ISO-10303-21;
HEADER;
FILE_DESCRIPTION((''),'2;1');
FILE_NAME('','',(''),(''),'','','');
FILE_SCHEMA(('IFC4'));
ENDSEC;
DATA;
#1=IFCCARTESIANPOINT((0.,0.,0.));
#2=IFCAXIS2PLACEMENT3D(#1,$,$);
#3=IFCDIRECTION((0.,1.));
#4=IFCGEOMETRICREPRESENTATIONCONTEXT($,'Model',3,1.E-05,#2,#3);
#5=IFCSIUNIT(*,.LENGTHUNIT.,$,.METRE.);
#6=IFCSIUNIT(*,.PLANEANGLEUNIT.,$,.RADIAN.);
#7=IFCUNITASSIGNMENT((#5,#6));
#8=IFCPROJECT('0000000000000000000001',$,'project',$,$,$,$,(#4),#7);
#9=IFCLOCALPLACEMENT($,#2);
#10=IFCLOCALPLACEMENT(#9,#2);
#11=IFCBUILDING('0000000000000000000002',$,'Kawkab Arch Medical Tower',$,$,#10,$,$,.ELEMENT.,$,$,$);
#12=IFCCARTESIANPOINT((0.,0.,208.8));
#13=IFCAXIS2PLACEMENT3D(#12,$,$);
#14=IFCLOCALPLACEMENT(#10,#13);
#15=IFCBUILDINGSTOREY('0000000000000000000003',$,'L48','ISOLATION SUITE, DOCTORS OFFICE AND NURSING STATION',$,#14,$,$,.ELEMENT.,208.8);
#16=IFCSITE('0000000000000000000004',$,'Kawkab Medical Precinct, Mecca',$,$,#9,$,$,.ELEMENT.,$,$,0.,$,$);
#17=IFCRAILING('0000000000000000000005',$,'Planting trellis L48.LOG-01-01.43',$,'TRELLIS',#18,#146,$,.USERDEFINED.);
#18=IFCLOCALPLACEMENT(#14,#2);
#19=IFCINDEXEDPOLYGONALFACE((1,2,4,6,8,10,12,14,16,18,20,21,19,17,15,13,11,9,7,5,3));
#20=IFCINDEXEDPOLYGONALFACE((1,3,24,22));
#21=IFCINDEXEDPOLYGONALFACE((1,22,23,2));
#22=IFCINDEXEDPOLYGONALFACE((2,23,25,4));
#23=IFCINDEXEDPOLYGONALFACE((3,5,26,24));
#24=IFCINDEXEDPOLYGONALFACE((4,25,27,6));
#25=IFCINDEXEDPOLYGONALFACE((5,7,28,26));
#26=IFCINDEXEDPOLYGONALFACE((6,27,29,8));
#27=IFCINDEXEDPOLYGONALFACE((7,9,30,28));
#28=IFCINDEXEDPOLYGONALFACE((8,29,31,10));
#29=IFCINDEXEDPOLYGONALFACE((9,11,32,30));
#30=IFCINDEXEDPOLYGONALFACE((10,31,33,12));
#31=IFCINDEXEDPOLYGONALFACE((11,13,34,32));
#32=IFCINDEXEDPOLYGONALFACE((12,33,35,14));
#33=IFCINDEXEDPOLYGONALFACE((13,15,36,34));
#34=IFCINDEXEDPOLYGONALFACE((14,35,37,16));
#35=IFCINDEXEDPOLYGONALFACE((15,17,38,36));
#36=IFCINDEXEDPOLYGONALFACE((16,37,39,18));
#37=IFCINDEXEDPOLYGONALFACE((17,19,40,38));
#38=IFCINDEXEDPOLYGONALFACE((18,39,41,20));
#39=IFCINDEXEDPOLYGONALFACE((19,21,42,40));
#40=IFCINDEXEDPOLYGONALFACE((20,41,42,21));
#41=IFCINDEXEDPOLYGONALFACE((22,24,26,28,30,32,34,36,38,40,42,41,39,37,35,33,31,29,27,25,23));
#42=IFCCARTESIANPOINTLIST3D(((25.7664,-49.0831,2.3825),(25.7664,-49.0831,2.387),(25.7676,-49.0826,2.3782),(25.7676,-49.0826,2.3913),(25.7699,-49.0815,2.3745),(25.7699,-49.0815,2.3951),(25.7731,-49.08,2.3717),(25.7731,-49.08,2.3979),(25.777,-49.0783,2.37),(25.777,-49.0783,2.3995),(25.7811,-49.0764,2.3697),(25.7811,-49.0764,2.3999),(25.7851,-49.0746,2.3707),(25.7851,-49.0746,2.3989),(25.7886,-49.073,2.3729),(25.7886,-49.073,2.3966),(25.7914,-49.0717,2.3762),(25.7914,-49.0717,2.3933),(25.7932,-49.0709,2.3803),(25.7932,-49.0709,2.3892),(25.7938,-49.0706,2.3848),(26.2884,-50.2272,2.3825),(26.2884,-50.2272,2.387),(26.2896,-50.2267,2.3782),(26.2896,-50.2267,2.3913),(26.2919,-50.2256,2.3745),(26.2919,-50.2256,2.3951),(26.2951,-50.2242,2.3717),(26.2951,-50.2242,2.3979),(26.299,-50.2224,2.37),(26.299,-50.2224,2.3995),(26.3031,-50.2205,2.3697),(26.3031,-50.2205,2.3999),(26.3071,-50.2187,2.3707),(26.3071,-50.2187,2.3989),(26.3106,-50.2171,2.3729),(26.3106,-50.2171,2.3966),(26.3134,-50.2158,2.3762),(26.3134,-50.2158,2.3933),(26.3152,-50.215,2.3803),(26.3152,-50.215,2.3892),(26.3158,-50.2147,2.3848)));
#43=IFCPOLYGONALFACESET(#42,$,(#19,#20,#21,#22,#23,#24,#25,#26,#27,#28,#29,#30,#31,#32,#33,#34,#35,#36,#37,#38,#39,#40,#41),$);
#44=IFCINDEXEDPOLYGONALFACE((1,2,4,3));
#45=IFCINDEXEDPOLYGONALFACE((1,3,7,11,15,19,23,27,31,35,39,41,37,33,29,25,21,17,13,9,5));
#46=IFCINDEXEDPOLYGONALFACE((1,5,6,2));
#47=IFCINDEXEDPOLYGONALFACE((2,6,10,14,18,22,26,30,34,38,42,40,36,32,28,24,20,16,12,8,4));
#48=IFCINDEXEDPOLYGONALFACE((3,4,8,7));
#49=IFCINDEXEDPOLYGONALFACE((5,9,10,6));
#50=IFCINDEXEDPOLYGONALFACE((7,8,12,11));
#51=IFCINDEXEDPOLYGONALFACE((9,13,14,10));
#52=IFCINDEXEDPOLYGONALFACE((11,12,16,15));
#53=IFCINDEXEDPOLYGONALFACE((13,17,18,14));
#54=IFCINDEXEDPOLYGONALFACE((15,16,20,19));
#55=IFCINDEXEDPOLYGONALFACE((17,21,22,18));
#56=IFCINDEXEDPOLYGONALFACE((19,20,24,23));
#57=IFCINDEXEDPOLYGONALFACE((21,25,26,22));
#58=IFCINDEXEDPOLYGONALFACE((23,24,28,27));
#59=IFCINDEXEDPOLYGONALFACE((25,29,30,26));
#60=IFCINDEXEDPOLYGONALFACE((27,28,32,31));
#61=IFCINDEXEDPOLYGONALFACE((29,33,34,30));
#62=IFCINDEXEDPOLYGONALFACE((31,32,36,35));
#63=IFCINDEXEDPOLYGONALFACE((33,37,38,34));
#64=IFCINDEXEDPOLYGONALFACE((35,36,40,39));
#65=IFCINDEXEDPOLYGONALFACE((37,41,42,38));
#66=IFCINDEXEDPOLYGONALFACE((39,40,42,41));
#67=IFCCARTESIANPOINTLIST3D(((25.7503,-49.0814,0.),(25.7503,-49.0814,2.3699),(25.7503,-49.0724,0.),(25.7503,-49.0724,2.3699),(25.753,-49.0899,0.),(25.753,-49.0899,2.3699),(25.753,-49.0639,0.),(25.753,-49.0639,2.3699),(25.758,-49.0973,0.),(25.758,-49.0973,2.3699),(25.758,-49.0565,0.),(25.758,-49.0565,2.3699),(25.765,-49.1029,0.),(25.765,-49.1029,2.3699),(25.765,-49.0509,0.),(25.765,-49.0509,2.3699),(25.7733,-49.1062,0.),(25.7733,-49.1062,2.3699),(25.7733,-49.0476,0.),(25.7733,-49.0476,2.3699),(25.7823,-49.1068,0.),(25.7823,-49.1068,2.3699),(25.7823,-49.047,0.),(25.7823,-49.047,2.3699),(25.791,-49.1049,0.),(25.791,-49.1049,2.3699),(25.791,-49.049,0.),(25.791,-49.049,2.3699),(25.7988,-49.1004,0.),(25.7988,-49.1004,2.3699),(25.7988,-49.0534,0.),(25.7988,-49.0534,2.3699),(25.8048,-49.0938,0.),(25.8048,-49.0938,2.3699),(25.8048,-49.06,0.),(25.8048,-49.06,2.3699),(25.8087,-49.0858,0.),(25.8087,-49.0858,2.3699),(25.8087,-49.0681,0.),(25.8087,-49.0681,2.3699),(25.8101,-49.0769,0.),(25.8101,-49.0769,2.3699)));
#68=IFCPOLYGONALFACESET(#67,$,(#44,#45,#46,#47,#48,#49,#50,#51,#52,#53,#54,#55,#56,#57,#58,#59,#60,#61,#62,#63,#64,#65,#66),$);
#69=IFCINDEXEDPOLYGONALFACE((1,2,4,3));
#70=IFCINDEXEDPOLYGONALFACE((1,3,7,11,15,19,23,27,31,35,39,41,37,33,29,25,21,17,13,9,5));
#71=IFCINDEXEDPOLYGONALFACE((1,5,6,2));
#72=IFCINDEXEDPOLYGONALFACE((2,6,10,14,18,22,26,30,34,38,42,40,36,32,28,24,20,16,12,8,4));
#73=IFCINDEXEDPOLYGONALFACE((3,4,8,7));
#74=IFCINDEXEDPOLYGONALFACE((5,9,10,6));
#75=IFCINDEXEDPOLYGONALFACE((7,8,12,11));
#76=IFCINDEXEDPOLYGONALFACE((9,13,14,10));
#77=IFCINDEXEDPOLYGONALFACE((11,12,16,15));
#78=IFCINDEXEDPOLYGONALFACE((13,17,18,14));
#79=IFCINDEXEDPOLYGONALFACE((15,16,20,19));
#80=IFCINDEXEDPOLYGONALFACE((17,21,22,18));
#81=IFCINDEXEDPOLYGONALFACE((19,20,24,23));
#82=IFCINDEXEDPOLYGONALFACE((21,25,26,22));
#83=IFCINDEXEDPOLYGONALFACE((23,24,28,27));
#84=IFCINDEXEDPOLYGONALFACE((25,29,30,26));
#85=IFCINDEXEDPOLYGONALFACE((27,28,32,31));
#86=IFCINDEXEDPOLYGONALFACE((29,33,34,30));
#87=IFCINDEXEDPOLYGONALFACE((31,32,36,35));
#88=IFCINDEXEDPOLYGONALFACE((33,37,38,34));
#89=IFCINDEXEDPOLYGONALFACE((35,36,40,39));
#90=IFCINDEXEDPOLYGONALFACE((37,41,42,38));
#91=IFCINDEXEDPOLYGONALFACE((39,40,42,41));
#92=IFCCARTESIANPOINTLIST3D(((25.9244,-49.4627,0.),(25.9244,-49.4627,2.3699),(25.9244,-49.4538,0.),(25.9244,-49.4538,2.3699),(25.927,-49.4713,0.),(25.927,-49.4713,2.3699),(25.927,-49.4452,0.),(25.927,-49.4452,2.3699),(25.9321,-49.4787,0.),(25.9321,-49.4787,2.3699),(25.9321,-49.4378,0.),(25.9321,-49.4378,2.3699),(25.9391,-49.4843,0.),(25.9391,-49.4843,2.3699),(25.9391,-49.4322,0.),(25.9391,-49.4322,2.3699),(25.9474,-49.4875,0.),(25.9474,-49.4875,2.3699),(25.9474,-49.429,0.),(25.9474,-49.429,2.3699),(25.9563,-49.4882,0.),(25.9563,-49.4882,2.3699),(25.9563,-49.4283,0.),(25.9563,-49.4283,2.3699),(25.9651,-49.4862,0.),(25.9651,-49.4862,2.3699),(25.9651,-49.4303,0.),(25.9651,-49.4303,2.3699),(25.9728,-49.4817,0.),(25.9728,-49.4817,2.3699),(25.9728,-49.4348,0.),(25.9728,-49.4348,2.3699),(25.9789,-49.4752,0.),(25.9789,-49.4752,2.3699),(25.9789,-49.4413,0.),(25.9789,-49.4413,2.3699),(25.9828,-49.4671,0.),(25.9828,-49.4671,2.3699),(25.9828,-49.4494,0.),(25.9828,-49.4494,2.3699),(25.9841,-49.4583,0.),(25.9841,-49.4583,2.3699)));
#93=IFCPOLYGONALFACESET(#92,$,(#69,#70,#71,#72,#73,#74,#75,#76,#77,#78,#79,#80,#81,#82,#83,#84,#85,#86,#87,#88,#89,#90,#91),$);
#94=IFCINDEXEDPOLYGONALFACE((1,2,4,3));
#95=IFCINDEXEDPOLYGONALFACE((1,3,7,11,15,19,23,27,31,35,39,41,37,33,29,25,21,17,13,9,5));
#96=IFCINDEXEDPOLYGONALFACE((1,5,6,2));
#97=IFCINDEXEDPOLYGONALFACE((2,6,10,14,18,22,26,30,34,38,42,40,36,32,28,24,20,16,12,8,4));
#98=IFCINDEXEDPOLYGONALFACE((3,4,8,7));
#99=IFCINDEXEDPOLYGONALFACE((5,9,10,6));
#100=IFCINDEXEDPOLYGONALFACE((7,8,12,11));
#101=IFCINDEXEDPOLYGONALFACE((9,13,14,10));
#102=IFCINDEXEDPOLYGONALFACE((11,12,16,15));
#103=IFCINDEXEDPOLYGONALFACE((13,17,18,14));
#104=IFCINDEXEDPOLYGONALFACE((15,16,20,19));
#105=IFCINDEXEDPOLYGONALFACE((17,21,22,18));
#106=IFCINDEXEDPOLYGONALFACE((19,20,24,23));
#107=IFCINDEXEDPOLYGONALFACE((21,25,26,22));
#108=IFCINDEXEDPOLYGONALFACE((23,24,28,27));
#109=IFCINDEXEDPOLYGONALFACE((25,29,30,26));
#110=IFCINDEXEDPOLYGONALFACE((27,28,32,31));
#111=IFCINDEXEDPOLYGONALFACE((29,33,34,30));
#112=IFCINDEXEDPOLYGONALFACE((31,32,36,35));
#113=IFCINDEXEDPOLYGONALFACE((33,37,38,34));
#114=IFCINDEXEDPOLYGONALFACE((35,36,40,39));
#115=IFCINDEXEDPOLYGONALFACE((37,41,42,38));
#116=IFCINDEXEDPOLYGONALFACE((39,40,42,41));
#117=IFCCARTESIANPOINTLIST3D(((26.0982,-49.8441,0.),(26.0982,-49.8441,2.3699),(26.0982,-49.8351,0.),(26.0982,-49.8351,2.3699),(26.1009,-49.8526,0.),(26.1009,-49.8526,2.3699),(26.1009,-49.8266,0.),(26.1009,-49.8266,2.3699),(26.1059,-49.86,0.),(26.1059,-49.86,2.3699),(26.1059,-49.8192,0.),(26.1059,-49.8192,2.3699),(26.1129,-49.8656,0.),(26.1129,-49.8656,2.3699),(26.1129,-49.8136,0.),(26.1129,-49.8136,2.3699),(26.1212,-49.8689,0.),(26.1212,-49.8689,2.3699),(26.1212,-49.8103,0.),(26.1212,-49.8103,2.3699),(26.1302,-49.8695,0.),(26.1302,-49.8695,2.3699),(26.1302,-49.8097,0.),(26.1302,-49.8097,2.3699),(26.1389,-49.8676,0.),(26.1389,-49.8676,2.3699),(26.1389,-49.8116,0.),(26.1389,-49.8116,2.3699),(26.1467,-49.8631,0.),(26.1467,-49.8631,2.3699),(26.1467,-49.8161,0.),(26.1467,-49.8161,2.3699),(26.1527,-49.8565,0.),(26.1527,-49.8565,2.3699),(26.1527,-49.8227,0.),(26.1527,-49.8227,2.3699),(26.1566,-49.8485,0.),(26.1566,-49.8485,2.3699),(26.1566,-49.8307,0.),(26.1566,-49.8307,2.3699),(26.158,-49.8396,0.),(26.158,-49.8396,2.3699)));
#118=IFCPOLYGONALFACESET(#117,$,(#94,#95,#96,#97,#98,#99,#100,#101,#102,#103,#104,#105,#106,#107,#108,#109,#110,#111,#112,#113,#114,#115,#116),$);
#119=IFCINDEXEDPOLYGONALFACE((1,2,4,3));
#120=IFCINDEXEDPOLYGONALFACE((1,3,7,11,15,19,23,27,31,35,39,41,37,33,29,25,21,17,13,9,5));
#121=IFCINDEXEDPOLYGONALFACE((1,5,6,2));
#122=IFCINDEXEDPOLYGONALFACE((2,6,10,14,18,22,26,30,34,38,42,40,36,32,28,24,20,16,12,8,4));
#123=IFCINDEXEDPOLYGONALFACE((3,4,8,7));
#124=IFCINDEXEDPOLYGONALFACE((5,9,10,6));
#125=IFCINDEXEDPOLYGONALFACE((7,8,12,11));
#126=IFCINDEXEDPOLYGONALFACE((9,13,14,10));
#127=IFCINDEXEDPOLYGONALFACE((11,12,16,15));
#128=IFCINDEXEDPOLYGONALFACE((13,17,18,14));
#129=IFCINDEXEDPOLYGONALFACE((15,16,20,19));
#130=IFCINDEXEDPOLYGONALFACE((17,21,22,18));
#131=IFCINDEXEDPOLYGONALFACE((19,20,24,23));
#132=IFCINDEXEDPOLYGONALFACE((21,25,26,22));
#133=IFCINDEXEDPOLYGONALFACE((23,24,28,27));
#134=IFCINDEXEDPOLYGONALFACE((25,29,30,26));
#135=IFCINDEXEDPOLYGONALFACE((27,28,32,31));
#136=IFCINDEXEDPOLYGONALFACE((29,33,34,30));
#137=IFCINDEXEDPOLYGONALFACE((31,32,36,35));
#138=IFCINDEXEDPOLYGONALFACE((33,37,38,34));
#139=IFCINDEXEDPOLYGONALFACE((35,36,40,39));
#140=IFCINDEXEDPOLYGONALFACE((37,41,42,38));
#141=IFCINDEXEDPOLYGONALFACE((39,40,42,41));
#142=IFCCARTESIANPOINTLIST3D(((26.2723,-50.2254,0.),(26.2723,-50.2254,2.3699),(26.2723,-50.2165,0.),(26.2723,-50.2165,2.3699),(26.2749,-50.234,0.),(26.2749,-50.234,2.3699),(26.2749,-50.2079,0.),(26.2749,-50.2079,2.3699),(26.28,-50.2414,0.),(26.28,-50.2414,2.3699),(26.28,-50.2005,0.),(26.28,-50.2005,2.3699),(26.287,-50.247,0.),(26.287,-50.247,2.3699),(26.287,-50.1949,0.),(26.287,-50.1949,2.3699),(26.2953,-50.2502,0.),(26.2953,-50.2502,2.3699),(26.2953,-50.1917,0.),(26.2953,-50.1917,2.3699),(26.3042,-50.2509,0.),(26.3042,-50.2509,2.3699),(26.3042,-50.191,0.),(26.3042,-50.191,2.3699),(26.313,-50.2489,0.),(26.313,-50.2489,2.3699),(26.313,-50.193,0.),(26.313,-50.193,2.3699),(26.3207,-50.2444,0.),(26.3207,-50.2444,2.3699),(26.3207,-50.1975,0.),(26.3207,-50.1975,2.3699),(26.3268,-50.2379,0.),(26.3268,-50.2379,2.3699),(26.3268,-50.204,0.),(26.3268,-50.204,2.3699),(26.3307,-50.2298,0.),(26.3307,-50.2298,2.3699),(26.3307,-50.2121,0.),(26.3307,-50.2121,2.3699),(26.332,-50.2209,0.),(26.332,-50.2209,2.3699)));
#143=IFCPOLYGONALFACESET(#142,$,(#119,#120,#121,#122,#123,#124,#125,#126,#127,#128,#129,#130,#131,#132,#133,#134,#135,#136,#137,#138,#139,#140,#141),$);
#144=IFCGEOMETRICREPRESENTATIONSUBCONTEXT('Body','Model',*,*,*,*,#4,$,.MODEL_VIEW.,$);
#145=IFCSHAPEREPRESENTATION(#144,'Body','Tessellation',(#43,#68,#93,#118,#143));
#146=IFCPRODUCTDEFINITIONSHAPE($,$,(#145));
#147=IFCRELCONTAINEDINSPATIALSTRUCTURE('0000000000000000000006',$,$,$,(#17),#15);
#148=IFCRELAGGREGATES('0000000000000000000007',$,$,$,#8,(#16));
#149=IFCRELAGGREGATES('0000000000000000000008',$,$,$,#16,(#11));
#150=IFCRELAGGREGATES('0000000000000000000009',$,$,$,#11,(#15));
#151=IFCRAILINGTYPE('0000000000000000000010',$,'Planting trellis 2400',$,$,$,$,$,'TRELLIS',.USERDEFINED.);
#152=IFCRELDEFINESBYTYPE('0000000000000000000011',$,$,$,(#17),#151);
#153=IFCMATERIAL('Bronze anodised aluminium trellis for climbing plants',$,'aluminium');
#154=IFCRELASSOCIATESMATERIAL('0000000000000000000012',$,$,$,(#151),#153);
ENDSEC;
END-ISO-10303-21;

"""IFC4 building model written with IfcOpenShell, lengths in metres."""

from ifc_helpers import new_model, si_unit, direction, frame, origin, origin_2d, place, context, subcontext, project, spatial, circle, extrude, material, type_object, element, save


model = new_model("IFC4")

# Units and contexts
model_context = context("Model", 3, precision=1e-05, world=origin(), true_north=direction((0.0, 1.0)))
body_context = subcontext(model_context, "Body", "Model", "MODEL_VIEW")
ifc_project = project(units=[si_unit("LENGTHUNIT", "METRE"), si_unit("PLANEANGLEUNIT", "RADIAN")], contexts=[model_context])

# Site, building, storey
site_placement = place(None, origin())
site = spatial("IfcSite", under=ifc_project, at=site_placement, Name="Kawkab Medical Precinct, Mecca", CompositionType="ELEMENT", RefElevation=0.0)
building_placement = place(site_placement, origin())
building = spatial("IfcBuilding", under=site, at=building_placement, Name="Kawkab Arch Medical Tower", CompositionType="ELEMENT")
storey_placement = place(building_placement, frame((0.0, 0.0, 208.8)))
storey = spatial("IfcBuildingStorey", under=building, at=storey_placement, Name="L48", Description="ISOLATION SUITE, DOCTORS OFFICE AND NURSING STATION", CompositionType="ELEMENT", Elevation=208.8)

# Railing
ifc_material_1 = material(Name="Bronze anodised aluminium trellis for climbing plants", Category="aluminium")
railing_type = type_object("IfcRailingType", Name="Planting trellis 2400", ElementType="TRELLIS", PredefinedType="USERDEFINED", material=ifc_material_1)
railing_1_placement = place(storey_placement, frame((25.78, -49.0769, 0.0)))
element("IfcRailing", 1, at=railing_1_placement, inside=storey, type_object=railing_type, Name="Planting trellis L48.LOG-01-01.43", ObjectType="TRELLIS", PredefinedType="USERDEFINED", context=body_context, shape_type="SweptSolid", body=[
    extrude(circle(Radius=0.0151, at=origin_2d()), frame((0.0, 0.0, 2.3848), z_axis=(0.41509, -0.90978, 0.0), x_axis=(0.90978, 0.41509, 0.0)), (0.0, 0.0, 1.0), 1.2576),
    extrude(circle(Radius=0.03, at=origin_2d()), origin(), (0.0, 0.0, 1.0), 2.3699),
    extrude(circle(Radius=0.03, at=origin_2d()), frame((0.1741, -0.3813, 0.0)), (0.0, 0.0, 1.0), 2.3699),
    extrude(circle(Radius=0.03, at=origin_2d()), frame((0.3479, -0.7627, 0.0)), (0.0, 0.0, 1.0), 2.3699),
    extrude(circle(Radius=0.03, at=origin_2d()), frame((0.522, -1.144, 0.0)), (0.0, 0.0, 1.0), 2.3699),
])

save(model, "model.ifc")
